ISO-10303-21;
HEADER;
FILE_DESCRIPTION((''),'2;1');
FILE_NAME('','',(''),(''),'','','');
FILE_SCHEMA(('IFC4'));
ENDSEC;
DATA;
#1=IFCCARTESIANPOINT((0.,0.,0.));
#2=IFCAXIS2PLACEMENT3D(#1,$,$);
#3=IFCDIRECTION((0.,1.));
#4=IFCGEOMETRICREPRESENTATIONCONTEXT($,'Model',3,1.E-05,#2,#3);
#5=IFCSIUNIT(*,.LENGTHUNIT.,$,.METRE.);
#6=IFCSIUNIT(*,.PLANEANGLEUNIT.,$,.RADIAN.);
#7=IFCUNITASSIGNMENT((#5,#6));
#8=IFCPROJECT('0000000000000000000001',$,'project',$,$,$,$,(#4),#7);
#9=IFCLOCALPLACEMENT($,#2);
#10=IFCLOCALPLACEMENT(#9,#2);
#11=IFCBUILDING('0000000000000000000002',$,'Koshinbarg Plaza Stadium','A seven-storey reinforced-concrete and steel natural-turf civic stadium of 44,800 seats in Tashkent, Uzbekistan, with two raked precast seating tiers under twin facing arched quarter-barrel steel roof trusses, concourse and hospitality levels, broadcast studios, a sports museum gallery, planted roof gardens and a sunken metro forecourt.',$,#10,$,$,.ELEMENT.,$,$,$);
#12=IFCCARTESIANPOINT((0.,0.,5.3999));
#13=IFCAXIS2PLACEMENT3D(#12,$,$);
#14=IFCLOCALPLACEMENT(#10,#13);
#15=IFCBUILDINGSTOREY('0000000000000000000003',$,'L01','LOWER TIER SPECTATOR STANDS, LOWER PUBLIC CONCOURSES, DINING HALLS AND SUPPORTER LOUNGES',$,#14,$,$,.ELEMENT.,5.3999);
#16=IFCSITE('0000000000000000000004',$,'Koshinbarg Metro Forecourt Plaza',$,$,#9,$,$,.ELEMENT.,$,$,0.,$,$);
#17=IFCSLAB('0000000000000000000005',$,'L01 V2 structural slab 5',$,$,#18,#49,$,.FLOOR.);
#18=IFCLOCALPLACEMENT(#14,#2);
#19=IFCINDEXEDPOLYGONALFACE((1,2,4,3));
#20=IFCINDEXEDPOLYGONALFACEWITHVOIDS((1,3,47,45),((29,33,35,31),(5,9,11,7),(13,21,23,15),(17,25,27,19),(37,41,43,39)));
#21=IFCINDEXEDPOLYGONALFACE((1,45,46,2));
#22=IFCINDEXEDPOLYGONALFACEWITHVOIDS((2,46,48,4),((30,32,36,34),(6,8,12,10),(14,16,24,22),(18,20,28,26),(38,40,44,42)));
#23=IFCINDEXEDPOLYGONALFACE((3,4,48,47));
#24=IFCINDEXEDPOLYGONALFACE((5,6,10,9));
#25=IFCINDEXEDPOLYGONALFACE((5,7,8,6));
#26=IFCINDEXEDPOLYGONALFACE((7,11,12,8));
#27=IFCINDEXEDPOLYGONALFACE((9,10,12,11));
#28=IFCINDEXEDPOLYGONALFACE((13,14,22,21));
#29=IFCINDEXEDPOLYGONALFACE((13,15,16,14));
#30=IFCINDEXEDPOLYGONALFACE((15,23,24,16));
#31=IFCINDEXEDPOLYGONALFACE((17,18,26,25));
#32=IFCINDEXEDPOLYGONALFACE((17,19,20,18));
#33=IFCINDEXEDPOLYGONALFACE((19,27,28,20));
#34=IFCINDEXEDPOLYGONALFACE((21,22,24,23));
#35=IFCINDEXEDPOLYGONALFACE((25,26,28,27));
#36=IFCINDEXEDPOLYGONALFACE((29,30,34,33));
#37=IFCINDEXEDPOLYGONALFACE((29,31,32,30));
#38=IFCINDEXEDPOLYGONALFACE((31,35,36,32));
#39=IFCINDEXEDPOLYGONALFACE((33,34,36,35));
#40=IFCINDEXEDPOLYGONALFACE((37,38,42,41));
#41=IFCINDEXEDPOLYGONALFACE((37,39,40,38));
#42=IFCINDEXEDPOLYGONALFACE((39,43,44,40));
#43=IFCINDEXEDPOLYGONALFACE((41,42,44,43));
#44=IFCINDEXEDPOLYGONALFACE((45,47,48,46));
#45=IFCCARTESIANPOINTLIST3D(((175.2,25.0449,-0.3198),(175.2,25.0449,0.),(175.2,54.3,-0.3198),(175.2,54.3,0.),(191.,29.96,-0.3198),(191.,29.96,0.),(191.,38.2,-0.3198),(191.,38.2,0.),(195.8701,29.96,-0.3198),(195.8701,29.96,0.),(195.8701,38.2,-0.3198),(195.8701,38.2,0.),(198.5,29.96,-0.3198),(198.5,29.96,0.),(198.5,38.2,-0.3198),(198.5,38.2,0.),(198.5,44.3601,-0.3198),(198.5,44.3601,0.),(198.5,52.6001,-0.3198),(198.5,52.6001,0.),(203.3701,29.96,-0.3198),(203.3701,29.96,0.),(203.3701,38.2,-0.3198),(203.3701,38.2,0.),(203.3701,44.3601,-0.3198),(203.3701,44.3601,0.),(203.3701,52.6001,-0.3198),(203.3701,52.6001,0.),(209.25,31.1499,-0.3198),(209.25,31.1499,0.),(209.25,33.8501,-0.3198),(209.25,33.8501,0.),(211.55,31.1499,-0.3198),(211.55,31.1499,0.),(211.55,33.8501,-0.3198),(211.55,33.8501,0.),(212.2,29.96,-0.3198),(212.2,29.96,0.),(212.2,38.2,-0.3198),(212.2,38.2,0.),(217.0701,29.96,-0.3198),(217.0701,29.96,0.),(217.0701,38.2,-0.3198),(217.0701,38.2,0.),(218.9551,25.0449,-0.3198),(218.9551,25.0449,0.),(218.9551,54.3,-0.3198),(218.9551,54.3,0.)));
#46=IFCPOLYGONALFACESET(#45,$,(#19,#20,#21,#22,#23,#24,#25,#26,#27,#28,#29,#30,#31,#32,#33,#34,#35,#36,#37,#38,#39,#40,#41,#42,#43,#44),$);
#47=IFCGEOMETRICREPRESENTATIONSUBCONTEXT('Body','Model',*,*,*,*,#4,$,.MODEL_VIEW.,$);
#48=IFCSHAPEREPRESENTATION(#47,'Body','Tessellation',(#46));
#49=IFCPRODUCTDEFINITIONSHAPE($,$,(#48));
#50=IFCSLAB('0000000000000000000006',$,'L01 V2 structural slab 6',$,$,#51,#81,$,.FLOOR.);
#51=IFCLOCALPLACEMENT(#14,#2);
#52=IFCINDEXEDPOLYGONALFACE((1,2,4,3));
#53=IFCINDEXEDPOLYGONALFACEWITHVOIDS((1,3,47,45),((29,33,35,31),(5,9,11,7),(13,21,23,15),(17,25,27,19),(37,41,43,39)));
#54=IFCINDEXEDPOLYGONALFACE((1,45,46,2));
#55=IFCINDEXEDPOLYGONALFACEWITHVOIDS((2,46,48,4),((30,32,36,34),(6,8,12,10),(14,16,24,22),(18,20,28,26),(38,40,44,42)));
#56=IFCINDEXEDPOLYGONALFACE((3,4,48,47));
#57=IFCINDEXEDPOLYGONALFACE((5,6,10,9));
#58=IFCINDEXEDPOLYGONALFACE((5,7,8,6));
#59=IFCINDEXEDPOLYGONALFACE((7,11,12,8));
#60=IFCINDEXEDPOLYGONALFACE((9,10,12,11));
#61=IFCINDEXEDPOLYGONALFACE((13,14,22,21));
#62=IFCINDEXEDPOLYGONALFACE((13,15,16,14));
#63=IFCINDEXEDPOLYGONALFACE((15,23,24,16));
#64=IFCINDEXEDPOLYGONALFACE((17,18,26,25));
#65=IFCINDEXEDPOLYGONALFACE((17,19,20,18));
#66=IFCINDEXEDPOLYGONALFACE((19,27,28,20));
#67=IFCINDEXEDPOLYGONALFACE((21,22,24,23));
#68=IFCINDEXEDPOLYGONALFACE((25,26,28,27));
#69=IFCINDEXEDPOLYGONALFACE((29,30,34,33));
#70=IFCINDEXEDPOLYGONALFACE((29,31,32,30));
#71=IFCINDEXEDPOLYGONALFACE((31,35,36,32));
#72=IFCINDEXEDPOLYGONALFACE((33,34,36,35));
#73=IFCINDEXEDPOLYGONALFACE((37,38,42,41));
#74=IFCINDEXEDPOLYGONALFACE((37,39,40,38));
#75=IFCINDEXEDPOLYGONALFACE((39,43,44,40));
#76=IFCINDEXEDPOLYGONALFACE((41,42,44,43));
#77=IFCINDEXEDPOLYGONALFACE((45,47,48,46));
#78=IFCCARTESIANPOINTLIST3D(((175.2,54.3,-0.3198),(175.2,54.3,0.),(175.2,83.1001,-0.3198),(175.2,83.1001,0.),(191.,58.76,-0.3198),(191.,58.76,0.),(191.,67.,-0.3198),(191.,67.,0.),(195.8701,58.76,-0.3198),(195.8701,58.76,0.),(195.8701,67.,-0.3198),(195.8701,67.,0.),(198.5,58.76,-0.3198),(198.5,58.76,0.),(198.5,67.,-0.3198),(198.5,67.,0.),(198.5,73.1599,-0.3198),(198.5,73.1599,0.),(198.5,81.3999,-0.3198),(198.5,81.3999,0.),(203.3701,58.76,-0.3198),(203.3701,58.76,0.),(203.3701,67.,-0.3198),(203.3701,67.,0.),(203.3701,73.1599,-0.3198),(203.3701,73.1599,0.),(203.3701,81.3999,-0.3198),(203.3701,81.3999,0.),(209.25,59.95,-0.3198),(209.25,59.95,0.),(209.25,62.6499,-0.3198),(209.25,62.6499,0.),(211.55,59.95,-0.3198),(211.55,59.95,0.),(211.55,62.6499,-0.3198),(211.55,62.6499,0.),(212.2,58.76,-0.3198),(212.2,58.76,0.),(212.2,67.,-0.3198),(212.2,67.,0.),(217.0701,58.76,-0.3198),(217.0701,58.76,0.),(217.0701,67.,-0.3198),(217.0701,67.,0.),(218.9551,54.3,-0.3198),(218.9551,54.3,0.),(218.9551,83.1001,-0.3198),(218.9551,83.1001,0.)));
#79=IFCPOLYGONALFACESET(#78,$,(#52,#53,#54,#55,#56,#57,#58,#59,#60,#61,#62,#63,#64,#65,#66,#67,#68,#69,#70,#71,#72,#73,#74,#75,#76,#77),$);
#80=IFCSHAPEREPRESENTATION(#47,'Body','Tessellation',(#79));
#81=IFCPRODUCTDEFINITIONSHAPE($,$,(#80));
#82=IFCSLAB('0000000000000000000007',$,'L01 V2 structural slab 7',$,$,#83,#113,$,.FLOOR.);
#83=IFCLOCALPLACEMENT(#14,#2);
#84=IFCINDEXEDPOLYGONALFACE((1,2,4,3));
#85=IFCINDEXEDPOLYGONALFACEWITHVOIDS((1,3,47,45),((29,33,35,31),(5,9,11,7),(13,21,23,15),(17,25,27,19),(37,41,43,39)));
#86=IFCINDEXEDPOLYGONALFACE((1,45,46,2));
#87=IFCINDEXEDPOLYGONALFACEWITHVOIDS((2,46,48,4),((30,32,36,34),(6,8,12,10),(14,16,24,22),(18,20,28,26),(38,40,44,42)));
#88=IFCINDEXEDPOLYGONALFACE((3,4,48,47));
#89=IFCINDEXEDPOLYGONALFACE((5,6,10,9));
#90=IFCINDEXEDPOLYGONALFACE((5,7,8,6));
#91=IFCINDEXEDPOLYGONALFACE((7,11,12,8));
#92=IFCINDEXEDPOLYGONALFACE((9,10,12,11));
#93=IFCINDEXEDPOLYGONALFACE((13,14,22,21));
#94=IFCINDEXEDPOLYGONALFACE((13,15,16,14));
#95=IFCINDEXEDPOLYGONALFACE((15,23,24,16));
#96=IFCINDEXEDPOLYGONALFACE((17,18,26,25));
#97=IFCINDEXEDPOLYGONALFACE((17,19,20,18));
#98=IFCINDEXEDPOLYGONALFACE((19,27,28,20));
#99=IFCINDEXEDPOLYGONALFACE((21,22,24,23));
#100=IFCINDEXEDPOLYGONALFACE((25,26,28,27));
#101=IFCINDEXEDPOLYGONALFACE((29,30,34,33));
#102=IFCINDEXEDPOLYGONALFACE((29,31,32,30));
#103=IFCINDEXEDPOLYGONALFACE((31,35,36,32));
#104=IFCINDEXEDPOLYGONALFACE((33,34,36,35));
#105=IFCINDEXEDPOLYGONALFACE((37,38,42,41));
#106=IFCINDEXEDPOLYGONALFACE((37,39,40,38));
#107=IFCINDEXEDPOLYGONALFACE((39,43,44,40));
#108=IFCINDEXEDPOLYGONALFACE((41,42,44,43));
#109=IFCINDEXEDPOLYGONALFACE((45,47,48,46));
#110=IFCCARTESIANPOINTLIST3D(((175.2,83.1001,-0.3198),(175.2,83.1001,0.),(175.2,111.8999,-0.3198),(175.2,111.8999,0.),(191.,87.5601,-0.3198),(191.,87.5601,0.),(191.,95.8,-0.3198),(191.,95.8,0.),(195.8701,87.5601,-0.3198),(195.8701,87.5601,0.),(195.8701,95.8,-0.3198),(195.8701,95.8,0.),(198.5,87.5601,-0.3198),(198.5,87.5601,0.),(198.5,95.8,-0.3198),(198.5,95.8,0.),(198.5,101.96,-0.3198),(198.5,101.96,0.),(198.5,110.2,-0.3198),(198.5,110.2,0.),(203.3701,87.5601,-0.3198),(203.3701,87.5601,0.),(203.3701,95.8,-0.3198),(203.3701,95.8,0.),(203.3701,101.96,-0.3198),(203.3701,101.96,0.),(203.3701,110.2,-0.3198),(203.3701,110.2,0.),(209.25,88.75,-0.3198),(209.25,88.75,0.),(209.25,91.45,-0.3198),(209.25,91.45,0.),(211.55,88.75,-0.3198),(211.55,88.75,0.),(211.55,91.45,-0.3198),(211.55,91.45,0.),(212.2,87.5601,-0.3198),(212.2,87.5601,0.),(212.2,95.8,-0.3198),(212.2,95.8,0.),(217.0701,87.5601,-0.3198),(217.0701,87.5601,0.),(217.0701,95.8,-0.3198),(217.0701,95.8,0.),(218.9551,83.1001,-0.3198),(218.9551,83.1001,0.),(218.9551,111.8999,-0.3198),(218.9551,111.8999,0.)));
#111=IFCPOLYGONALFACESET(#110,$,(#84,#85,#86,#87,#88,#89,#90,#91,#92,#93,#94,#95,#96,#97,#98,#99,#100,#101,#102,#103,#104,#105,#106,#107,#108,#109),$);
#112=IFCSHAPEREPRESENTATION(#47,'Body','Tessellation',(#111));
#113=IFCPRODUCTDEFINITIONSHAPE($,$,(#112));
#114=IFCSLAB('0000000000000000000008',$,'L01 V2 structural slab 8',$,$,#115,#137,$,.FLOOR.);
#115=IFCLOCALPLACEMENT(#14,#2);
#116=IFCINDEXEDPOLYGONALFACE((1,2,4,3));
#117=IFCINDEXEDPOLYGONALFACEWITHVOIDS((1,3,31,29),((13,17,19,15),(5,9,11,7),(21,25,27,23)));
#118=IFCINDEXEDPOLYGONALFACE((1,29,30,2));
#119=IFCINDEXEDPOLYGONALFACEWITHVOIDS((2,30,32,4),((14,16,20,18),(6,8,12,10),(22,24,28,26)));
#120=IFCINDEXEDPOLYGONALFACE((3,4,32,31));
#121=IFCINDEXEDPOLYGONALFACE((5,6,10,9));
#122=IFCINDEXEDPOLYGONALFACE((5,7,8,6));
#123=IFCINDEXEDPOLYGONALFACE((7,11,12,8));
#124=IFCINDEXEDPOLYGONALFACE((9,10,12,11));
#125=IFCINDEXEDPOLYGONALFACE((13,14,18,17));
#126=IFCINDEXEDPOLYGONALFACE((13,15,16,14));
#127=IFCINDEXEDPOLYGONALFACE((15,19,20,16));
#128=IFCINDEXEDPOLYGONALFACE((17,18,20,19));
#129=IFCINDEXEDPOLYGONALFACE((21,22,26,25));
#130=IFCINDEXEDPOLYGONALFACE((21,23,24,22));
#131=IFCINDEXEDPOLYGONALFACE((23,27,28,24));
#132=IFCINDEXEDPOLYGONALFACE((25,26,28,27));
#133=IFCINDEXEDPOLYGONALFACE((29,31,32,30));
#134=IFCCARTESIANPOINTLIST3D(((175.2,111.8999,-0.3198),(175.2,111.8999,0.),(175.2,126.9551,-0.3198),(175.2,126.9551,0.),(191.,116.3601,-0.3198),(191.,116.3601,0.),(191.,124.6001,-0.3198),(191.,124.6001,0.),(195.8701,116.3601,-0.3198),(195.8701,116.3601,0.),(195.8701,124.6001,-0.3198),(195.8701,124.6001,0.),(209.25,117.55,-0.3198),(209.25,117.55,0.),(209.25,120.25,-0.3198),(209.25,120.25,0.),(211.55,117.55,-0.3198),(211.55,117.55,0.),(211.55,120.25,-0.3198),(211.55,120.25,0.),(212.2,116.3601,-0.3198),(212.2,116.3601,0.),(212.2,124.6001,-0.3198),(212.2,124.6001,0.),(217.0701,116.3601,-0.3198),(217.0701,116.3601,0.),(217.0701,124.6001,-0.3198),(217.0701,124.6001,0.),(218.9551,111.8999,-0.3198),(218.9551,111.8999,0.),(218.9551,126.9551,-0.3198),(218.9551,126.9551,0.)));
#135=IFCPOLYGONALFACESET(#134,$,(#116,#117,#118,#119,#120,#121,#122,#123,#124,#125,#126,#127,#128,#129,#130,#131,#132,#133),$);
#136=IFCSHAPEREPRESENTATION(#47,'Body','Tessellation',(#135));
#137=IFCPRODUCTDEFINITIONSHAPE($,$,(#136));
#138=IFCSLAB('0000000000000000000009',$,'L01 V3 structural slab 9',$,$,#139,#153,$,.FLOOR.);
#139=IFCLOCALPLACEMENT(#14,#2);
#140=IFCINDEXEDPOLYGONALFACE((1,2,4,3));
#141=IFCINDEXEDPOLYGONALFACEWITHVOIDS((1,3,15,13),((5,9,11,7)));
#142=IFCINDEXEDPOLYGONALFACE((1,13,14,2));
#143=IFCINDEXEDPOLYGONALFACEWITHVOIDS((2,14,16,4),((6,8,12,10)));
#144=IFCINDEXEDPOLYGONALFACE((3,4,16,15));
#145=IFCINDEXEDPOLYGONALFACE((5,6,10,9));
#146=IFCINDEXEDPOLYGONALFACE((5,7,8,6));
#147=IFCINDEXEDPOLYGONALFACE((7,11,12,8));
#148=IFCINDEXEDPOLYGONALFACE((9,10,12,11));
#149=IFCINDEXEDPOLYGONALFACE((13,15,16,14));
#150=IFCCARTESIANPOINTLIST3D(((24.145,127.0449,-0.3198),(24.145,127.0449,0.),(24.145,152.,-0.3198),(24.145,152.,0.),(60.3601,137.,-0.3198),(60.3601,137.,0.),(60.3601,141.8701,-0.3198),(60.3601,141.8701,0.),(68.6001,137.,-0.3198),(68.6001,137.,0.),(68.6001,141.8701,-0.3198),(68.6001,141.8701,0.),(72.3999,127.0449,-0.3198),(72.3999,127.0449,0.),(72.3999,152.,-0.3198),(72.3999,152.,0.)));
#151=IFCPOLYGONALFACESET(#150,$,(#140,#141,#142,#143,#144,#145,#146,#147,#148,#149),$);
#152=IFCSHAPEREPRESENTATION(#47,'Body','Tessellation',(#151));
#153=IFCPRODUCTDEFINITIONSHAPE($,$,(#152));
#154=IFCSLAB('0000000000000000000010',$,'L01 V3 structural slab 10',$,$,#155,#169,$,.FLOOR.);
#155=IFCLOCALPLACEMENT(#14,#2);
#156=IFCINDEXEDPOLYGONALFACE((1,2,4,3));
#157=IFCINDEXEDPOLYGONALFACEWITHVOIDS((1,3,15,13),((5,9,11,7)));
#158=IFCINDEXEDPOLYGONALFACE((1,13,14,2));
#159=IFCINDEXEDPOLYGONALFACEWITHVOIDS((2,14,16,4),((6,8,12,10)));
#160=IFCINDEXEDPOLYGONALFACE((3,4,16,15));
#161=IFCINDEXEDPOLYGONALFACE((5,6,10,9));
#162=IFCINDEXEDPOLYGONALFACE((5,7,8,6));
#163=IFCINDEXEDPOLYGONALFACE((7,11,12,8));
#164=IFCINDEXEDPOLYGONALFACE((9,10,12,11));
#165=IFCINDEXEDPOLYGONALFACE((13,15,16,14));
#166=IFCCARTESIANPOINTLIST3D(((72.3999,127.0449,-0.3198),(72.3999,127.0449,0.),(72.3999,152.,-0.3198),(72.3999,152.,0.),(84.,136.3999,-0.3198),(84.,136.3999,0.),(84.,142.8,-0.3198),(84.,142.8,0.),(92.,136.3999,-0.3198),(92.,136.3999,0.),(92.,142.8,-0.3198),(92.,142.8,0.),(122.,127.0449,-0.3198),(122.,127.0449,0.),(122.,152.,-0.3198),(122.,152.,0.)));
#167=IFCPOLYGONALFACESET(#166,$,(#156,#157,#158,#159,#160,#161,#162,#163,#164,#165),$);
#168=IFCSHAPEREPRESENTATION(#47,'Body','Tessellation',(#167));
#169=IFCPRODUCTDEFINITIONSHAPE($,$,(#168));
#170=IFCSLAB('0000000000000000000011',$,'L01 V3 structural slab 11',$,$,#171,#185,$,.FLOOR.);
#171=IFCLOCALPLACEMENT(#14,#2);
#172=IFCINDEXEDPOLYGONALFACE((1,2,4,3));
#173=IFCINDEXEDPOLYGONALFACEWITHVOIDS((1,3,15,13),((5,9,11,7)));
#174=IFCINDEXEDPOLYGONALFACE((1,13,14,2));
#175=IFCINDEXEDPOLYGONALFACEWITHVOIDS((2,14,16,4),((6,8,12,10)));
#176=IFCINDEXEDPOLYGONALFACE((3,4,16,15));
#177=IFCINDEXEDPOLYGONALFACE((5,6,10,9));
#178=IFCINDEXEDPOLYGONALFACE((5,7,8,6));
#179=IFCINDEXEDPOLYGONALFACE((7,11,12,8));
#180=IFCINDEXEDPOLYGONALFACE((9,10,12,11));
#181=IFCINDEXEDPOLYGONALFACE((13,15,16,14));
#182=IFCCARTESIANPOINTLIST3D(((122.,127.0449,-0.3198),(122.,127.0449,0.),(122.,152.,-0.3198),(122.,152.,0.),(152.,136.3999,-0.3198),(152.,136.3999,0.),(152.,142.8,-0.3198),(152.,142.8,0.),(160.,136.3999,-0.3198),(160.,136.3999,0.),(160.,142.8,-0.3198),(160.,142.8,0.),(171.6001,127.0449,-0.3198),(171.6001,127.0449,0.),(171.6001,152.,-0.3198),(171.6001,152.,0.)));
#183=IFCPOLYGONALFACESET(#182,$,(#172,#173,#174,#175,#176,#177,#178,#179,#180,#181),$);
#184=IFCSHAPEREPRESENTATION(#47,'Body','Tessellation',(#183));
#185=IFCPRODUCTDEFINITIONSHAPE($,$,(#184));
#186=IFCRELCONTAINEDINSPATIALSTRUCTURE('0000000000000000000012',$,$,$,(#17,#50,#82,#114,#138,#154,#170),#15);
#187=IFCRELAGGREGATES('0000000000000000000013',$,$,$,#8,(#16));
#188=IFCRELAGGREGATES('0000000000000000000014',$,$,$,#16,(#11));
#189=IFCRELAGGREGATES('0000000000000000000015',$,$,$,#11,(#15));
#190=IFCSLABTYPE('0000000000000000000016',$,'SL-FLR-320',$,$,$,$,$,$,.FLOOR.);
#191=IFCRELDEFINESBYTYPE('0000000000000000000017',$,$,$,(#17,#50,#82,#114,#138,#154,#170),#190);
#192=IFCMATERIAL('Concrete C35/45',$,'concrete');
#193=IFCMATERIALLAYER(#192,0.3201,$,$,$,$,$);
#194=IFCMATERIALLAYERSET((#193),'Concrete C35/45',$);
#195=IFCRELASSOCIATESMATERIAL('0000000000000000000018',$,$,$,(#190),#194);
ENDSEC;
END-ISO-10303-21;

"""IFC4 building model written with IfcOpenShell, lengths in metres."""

from ifc_helpers import new_model, si_unit, direction, frame, origin, place, context, subcontext, project, spatial, polyline, outline, extrude, material, layer, layer_set, type_object, element, save


model = new_model("IFC4")

# Units and contexts
model_context = context("Model", 3, precision=1e-05, world=origin(), true_north=direction((0.0, 1.0)))
body_context = subcontext(model_context, "Body", "Model", "MODEL_VIEW")
ifc_project = project(units=[si_unit("LENGTHUNIT", "METRE"), si_unit("PLANEANGLEUNIT", "RADIAN")], contexts=[model_context])

# Site, building, storey
site_placement = place(None, origin())
site = spatial("IfcSite", under=ifc_project, at=site_placement, Name="Koshinbarg Metro Forecourt Plaza", CompositionType="ELEMENT", RefElevation=0.0)
building_placement = place(site_placement, origin())
building = spatial("IfcBuilding", under=site, at=building_placement, Name="Koshinbarg Plaza Stadium", Description="A seven-storey reinforced-concrete and steel natural-turf civic stadium of 44,800 seats in Tashkent, Uzbekistan, with two raked precast seating tiers under twin facing arched quarter-barrel steel roof trusses, concourse and hospitality levels, broadcast studios, a sports museum gallery, planted roof gardens and a sunken metro forecourt.", CompositionType="ELEMENT")
storey_placement = place(building_placement, frame((0.0, 0.0, 5.3999)))
storey = spatial("IfcBuildingStorey", under=building, at=storey_placement, Name="L01", Description="LOWER TIER SPECTATOR STANDS, LOWER PUBLIC CONCOURSES, DINING HALLS AND SUPPORTER LOUNGES", CompositionType="ELEMENT", Elevation=5.3999)

# Slabs
ifc_material_1 = material(Name="Concrete C35/45", Category="concrete")
ifc_layer_1 = layer(ifc_material_1, 0.3201)
ifc_layer_set_1 = layer_set([ifc_layer_1], Name="Concrete C35/45")
slab_type_1 = type_object("IfcSlabType", Name="SL-FLR-320", PredefinedType="FLOOR", material=ifc_layer_set_1)
slab_1_placement = place(storey_placement, frame((0.0, 0.0, -0.3198)))
element("IfcSlab", 1, at=slab_1_placement, inside=storey, type_object=slab_type_1, Name="L01 V2 structural slab 5", PredefinedType="FLOOR", context=body_context, shape_type="SweptSolid", body=[
    extrude(outline(polyline([(175.2, 25.0449), (218.9551, 25.0449), (218.9551, 54.3), (175.2, 54.3), (175.2, 25.0449)]), holes=[polyline([(217.0701, 29.96), (217.0701, 38.2), (212.2, 38.2), (212.2, 29.96), (217.0701, 29.96)]), polyline([(209.25, 31.1499), (211.55, 31.1499), (211.55, 33.8501), (209.25, 33.8501), (209.25, 31.1499)]), polyline([(203.3701, 29.96), (203.3701, 38.2), (198.5, 38.2), (198.5, 29.96), (203.3701, 29.96)]), polyline([(203.3701, 44.3601), (203.3701, 52.6001), (198.5, 52.6001), (198.5, 44.3601), (203.3701, 44.3601)]), polyline([(195.8701, 29.96), (195.8701, 38.2), (191.0, 38.2), (191.0, 29.96), (195.8701, 29.96)])]), origin(), (0.0, 0.0, 1.0), 0.3198),
])
slab_2_placement = place(storey_placement, frame((0.0, 0.0, -0.3198)))
element("IfcSlab", 2, at=slab_2_placement, inside=storey, type_object=slab_type_1, Name="L01 V2 structural slab 6", PredefinedType="FLOOR", context=body_context, shape_type="SweptSolid", body=[
    extrude(outline(polyline([(175.2, 54.3), (218.9551, 54.3), (218.9551, 83.1001), (175.2, 83.1001), (175.2, 54.3)]), holes=[polyline([(217.0701, 58.76), (217.0701, 67.0), (212.2, 67.0), (212.2, 58.76), (217.0701, 58.76)]), polyline([(209.25, 59.95), (211.55, 59.95), (211.55, 62.6499), (209.25, 62.6499), (209.25, 59.95)]), polyline([(203.3701, 58.76), (203.3701, 67.0), (198.5, 67.0), (198.5, 58.76), (203.3701, 58.76)]), polyline([(203.3701, 73.1599), (203.3701, 81.3999), (198.5, 81.3999), (198.5, 73.1599), (203.3701, 73.1599)]), polyline([(195.8701, 58.76), (195.8701, 67.0), (191.0, 67.0), (191.0, 58.76), (195.8701, 58.76)])]), origin(), (0.0, 0.0, 1.0), 0.3198),
])
slab_3_placement = place(storey_placement, frame((0.0, 0.0, -0.3198)))
element("IfcSlab", 3, at=slab_3_placement, inside=storey, type_object=slab_type_1, Name="L01 V2 structural slab 7", PredefinedType="FLOOR", context=body_context, shape_type="SweptSolid", body=[
    extrude(outline(polyline([(175.2, 83.1001), (218.9551, 83.1001), (218.9551, 111.8999), (175.2, 111.8999), (175.2, 83.1001)]), holes=[polyline([(217.0701, 87.5601), (217.0701, 95.8), (212.2, 95.8), (212.2, 87.5601), (217.0701, 87.5601)]), polyline([(209.25, 88.75), (211.55, 88.75), (211.55, 91.45), (209.25, 91.45), (209.25, 88.75)]), polyline([(203.3701, 87.5601), (203.3701, 95.8), (198.5, 95.8), (198.5, 87.5601), (203.3701, 87.5601)]), polyline([(203.3701, 101.96), (203.3701, 110.2), (198.5, 110.2), (198.5, 101.96), (203.3701, 101.96)]), polyline([(195.8701, 87.5601), (195.8701, 95.8), (191.0, 95.8), (191.0, 87.5601), (195.8701, 87.5601)])]), origin(), (0.0, 0.0, 1.0), 0.3198),
])
slab_4_placement = place(storey_placement, frame((0.0, 0.0, -0.3198)))
element("IfcSlab", 4, at=slab_4_placement, inside=storey, type_object=slab_type_1, Name="L01 V2 structural slab 8", PredefinedType="FLOOR", context=body_context, shape_type="SweptSolid", body=[
    extrude(outline(polyline([(175.2, 111.8999), (218.9551, 111.8999), (218.9551, 126.9551), (175.2, 126.9551), (175.2, 111.8999)]), holes=[polyline([(217.0701, 116.3601), (217.0701, 124.6001), (212.2, 124.6001), (212.2, 116.3601), (217.0701, 116.3601)]), polyline([(209.25, 117.55), (211.55, 117.55), (211.55, 120.25), (209.25, 120.25), (209.25, 117.55)]), polyline([(195.8701, 116.3601), (195.8701, 124.6001), (191.0, 124.6001), (191.0, 116.3601), (195.8701, 116.3601)])]), origin(), (0.0, 0.0, 1.0), 0.3198),
])
slab_5_placement = place(storey_placement, frame((0.0, 0.0, -0.3198)))
element("IfcSlab", 5, at=slab_5_placement, inside=storey, type_object=slab_type_1, Name="L01 V3 structural slab 9", PredefinedType="FLOOR", context=body_context, shape_type="SweptSolid", body=[
    extrude(outline(polyline([(24.145, 127.0449), (72.3999, 127.0449), (72.3999, 152.0), (24.145, 152.0), (24.145, 127.0449)]), holes=[polyline([(60.3601, 137.0), (68.6001, 137.0), (68.6001, 141.8701), (60.3601, 141.8701), (60.3601, 137.0)])]), origin(), (0.0, 0.0, 1.0), 0.3198),
])
slab_6_placement = place(storey_placement, frame((0.0, 0.0, -0.3198)))
element("IfcSlab", 6, at=slab_6_placement, inside=storey, type_object=slab_type_1, Name="L01 V3 structural slab 10", PredefinedType="FLOOR", context=body_context, shape_type="SweptSolid", body=[
    extrude(outline(polyline([(72.3999, 127.0449), (122.0, 127.0449), (122.0, 152.0), (72.3999, 152.0), (72.3999, 127.0449)]), holes=[polyline([(84.0, 136.3999), (92.0, 136.3999), (92.0, 142.8), (84.0, 142.8), (84.0, 136.3999)])]), origin(), (0.0, 0.0, 1.0), 0.3198),
])
slab_7_placement = place(storey_placement, frame((0.0, 0.0, -0.3198)))
element("IfcSlab", 7, at=slab_7_placement, inside=storey, type_object=slab_type_1, Name="L01 V3 structural slab 11", PredefinedType="FLOOR", context=body_context, shape_type="SweptSolid", body=[
    extrude(outline(polyline([(122.0, 127.0449), (171.6001, 127.0449), (171.6001, 152.0), (122.0, 152.0), (122.0, 127.0449)]), holes=[polyline([(152.0, 136.3999), (160.0, 136.3999), (160.0, 142.8), (152.0, 142.8), (152.0, 136.3999)])]), origin(), (0.0, 0.0, 1.0), 0.3198),
])

save(model, "model.ifc")
